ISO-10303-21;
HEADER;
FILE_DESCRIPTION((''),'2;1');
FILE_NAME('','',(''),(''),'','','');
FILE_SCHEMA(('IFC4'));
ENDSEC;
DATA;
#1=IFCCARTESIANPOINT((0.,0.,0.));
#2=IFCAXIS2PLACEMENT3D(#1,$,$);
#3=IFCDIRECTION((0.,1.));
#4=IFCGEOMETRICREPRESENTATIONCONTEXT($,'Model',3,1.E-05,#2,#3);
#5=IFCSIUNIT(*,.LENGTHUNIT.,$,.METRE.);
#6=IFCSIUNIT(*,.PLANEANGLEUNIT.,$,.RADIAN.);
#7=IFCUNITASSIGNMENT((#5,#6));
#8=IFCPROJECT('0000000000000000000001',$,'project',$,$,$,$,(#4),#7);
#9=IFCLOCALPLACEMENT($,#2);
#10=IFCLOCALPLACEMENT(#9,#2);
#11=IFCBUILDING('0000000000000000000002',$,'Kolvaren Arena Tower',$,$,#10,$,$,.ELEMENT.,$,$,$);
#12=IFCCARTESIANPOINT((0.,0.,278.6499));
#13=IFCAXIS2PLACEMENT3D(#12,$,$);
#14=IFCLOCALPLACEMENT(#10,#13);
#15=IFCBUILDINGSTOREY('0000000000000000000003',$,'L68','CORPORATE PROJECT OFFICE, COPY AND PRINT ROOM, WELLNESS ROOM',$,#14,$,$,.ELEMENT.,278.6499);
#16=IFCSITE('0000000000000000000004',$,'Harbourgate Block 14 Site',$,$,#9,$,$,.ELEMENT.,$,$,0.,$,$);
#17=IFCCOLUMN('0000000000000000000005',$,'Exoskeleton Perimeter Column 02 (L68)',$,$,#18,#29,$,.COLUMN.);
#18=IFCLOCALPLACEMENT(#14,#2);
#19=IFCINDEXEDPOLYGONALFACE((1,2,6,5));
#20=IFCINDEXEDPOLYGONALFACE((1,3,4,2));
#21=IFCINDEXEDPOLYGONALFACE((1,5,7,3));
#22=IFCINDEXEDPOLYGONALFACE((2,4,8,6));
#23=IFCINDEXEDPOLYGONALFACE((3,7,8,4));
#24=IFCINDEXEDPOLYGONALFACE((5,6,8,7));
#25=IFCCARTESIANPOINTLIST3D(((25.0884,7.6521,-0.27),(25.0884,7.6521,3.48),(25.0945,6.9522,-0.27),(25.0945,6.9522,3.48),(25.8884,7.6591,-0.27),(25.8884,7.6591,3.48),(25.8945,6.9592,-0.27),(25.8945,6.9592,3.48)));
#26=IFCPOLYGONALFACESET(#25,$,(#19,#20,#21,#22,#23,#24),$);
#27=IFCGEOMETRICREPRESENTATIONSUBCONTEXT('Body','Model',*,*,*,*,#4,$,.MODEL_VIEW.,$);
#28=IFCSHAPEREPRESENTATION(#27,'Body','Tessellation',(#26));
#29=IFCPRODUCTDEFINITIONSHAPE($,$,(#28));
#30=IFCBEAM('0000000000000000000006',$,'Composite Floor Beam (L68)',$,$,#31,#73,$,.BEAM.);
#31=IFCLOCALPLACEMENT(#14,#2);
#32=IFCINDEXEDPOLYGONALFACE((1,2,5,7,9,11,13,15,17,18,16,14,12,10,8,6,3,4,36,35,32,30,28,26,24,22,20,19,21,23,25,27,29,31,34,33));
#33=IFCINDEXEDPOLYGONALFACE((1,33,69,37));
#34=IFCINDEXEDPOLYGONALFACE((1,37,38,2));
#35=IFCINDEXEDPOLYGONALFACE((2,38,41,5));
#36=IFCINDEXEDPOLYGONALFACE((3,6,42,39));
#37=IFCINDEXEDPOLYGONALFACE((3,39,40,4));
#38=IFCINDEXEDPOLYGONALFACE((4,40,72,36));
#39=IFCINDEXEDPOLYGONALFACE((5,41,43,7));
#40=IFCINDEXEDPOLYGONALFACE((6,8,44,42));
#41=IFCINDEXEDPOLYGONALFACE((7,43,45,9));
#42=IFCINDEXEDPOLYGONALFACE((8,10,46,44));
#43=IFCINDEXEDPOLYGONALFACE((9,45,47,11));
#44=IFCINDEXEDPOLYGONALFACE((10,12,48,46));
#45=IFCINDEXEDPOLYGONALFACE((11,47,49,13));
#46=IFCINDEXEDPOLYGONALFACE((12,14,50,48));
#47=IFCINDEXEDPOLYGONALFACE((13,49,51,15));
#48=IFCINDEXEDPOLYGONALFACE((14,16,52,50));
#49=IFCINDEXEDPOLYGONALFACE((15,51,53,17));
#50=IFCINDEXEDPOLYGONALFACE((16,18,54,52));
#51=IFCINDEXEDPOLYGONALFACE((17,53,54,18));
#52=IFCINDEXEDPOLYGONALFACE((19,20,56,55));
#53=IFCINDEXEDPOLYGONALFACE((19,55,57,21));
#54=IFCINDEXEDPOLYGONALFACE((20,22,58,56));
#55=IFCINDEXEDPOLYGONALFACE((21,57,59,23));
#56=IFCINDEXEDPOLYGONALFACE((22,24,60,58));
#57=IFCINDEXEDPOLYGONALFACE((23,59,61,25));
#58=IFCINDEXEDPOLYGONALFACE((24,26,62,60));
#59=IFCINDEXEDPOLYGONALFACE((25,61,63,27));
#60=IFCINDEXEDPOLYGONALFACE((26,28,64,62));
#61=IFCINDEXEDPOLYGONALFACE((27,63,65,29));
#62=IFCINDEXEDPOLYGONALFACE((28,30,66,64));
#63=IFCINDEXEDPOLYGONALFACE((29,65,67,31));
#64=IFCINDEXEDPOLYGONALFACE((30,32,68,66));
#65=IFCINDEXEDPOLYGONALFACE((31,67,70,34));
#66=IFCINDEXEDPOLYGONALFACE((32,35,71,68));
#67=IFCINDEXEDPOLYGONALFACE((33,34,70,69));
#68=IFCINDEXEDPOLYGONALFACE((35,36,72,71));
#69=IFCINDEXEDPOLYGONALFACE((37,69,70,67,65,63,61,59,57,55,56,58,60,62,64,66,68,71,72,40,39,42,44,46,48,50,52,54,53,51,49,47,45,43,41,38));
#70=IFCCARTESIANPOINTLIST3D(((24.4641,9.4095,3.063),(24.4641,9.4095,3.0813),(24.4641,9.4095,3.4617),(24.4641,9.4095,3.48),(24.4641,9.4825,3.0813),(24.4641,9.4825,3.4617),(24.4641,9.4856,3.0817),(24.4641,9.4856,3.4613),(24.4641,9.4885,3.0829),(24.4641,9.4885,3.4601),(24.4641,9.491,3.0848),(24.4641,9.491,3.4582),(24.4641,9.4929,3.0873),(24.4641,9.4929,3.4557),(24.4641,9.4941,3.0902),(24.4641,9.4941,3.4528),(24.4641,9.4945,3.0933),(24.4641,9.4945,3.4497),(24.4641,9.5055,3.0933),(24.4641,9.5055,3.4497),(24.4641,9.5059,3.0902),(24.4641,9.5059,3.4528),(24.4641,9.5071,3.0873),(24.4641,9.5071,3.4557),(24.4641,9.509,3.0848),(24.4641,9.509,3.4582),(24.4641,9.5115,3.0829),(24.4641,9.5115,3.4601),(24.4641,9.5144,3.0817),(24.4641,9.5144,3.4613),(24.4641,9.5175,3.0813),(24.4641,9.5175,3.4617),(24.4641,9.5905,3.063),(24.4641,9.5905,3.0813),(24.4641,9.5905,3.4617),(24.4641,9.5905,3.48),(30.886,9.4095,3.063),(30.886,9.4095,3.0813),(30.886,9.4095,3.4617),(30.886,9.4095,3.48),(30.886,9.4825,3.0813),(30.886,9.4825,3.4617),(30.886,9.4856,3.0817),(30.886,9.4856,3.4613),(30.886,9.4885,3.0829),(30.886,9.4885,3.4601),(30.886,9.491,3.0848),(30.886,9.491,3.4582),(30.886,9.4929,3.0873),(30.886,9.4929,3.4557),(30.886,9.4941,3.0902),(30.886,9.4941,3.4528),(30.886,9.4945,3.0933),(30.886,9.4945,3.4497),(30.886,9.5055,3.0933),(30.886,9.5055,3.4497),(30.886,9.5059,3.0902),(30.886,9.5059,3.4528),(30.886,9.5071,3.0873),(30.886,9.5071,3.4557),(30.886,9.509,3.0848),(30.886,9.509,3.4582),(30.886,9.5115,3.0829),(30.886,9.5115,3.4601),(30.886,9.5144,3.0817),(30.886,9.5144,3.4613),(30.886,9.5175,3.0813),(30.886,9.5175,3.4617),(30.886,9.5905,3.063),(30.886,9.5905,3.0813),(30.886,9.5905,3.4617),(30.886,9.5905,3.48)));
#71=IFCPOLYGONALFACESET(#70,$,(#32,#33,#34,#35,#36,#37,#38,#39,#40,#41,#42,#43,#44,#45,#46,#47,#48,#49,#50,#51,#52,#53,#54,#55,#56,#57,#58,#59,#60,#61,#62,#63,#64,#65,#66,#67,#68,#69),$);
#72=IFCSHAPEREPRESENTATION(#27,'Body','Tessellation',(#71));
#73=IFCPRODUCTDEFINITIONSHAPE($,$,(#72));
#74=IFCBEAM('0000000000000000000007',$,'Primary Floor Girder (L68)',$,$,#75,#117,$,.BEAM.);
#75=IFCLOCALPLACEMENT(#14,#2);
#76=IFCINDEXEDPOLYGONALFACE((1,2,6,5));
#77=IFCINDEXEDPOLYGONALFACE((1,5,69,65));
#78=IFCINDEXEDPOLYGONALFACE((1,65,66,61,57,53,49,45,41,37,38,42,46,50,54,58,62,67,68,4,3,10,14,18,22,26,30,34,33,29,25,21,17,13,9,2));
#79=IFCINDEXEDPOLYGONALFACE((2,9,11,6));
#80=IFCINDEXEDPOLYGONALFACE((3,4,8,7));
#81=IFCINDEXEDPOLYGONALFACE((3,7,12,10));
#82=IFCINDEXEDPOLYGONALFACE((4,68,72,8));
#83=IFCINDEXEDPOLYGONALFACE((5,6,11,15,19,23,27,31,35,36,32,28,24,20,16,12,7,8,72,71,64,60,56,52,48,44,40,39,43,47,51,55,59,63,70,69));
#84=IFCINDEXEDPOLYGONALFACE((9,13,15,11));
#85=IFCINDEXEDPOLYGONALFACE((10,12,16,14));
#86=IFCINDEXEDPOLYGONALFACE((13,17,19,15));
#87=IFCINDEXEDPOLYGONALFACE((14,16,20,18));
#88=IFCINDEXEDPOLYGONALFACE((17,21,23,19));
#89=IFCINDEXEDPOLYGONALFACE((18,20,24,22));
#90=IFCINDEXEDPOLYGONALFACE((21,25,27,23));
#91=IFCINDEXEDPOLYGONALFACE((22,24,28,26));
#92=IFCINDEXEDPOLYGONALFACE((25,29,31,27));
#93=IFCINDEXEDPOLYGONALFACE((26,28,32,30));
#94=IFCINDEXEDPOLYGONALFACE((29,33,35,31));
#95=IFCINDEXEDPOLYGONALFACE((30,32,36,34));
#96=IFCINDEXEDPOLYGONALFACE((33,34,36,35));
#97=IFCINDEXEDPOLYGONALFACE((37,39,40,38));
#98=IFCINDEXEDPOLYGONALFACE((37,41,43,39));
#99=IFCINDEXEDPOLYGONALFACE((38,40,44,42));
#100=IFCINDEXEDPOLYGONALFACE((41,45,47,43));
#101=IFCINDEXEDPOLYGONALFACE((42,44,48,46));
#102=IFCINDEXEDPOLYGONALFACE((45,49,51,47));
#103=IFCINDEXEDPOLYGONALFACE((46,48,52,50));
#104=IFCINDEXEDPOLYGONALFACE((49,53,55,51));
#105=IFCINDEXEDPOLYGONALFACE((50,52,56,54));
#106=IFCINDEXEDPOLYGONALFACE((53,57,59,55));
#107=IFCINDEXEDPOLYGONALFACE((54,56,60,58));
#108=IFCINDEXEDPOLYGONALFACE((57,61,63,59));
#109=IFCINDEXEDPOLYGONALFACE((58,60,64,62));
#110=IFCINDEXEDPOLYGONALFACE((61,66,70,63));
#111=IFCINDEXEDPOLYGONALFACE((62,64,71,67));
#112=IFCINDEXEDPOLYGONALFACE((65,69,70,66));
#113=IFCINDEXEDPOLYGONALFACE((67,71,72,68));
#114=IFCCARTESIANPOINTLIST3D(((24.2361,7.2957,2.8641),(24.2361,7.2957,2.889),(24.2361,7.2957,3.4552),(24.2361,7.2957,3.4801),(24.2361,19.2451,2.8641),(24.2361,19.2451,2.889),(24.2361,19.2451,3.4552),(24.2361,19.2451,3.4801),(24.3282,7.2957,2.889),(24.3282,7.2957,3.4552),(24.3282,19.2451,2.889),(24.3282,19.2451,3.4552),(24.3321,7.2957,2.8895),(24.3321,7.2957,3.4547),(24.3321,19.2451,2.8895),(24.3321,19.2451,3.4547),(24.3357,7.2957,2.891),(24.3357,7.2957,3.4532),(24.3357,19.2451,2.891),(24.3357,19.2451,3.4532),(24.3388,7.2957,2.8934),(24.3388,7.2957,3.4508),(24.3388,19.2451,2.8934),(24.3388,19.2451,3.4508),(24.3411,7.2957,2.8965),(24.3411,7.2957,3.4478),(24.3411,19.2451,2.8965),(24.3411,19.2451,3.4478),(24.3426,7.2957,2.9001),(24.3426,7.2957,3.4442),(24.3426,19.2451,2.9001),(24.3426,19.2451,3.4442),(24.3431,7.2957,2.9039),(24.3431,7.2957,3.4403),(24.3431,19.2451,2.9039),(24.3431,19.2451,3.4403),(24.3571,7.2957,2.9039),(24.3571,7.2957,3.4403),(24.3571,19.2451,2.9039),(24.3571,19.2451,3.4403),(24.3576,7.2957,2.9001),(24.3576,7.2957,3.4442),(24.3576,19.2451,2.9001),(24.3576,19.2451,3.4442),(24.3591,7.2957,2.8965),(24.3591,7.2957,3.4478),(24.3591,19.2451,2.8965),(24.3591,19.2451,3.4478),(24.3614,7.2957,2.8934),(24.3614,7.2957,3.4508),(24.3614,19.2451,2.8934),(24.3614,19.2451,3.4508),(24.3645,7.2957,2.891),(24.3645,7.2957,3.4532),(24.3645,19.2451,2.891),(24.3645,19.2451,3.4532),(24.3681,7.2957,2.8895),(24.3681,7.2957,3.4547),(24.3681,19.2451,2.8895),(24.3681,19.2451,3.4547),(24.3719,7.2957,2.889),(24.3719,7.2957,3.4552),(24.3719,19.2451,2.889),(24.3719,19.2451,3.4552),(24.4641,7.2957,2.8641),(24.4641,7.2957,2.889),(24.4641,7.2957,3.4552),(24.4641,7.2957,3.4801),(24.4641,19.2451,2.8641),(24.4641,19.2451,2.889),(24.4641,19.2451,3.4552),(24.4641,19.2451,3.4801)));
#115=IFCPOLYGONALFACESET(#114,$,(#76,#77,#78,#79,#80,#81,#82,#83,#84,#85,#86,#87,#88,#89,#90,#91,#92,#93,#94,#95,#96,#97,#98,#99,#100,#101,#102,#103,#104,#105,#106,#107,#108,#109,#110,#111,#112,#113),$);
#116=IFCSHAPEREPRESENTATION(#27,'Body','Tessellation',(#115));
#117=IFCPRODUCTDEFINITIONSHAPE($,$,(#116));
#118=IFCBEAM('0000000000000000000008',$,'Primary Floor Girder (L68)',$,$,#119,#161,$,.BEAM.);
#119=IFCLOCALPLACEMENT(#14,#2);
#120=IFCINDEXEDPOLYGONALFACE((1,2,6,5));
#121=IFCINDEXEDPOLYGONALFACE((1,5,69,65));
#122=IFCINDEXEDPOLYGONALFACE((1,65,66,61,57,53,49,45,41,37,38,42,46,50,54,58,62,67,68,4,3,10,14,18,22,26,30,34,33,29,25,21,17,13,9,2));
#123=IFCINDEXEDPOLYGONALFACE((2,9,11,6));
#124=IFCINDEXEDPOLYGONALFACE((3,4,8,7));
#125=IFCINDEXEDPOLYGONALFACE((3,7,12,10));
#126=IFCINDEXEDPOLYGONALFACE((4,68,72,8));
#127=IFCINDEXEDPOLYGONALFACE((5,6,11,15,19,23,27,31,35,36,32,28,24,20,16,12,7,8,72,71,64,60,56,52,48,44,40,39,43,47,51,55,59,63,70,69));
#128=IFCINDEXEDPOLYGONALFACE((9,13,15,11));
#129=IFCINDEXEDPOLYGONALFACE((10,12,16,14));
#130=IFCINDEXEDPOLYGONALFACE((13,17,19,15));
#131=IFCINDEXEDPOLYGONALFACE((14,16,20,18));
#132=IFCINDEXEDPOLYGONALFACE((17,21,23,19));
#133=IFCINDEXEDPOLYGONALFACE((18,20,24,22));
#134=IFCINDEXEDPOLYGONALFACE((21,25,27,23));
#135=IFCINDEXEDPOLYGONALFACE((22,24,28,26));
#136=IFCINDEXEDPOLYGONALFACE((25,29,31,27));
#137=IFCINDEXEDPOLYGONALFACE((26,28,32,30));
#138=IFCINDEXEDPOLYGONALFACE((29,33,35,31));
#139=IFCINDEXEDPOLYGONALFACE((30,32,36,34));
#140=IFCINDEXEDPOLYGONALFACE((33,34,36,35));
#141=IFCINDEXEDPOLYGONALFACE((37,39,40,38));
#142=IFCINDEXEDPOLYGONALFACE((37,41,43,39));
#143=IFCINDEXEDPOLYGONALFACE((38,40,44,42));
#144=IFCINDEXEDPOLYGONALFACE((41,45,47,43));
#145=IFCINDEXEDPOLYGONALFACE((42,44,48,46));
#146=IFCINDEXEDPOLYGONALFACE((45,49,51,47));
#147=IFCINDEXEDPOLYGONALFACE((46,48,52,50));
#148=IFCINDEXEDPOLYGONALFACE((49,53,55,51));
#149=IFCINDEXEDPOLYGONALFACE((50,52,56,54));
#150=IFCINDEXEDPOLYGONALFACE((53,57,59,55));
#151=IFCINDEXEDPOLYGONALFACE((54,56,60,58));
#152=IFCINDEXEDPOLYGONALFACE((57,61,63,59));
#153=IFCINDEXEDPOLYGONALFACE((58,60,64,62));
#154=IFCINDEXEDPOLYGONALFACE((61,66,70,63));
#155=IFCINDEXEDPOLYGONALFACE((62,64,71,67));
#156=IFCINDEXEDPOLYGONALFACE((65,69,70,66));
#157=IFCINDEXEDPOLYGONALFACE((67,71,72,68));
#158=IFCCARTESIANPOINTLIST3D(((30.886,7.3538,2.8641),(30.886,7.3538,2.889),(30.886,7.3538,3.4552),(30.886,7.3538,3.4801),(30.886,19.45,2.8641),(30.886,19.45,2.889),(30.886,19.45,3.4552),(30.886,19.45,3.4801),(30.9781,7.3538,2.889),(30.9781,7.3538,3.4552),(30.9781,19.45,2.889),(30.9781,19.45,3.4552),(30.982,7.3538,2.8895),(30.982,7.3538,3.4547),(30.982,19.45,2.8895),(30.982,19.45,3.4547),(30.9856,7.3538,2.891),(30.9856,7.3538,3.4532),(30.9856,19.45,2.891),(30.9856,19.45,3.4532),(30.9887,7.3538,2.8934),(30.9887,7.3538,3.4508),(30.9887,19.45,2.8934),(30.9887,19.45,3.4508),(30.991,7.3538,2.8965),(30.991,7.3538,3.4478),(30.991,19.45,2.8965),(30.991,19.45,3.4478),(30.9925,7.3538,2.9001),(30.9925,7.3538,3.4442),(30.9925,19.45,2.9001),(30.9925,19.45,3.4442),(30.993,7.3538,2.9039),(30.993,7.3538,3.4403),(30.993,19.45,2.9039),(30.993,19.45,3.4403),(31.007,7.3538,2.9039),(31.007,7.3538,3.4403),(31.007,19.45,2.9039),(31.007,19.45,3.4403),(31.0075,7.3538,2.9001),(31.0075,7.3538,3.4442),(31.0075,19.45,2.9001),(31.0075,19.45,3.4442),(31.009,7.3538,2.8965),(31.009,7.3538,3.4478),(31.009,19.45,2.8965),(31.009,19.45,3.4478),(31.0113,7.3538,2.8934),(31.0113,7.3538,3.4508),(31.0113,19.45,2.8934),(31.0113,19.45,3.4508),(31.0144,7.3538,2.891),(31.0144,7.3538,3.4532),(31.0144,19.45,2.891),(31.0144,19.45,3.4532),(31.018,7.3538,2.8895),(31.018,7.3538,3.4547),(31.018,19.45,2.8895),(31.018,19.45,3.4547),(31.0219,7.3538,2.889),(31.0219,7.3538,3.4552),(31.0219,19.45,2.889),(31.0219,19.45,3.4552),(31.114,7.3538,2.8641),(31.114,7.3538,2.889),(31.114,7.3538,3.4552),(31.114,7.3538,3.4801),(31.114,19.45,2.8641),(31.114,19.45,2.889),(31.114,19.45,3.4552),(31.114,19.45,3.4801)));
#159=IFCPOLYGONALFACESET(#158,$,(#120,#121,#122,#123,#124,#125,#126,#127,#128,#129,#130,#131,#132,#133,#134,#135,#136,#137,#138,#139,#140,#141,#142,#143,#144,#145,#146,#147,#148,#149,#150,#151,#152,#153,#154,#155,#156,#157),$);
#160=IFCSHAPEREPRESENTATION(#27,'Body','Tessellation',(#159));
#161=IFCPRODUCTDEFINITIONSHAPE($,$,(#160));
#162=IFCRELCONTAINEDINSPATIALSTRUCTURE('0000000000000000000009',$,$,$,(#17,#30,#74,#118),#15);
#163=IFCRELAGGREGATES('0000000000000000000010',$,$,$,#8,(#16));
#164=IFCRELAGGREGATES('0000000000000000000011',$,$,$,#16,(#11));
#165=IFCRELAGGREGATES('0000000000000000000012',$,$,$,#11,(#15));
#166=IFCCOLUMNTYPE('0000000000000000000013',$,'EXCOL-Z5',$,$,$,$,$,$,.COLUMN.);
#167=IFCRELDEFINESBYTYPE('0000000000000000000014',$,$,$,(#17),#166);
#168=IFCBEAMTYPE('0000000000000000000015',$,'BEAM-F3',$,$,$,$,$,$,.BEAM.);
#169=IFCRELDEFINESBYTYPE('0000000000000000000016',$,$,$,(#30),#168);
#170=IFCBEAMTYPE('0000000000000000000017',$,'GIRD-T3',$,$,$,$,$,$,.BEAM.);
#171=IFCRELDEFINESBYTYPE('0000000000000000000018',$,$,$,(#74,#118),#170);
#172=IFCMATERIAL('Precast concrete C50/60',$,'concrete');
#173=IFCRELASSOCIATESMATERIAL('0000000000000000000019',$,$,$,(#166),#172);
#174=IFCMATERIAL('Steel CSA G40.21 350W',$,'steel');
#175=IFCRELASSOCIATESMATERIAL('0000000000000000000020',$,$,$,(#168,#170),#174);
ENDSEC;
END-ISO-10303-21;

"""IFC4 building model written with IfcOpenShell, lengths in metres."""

from ifc_helpers import new_model, si_unit, direction, frame, origin, origin_2d, place, context, subcontext, project, spatial, rectangle, i_section, extrude, material, material_profile, profile_set, type_object, element, save


model = new_model("IFC4")

# Units and contexts
model_context = context("Model", 3, precision=1e-05, world=origin(), true_north=direction((0.0, 1.0)))
body_context = subcontext(model_context, "Body", "Model", "MODEL_VIEW")
ifc_project = project(units=[si_unit("LENGTHUNIT", "METRE"), si_unit("PLANEANGLEUNIT", "RADIAN")], contexts=[model_context])

# Site, building, storey
site_placement = place(None, origin())
site = spatial("IfcSite", under=ifc_project, at=site_placement, Name="Harbourgate Block 14 Site", CompositionType="ELEMENT", RefElevation=0.0)
building_placement = place(site_placement, origin())
building = spatial("IfcBuilding", under=site, at=building_placement, Name="Kolvaren Arena Tower", CompositionType="ELEMENT")
storey_placement = place(building_placement, frame((0.0, 0.0, 278.6499)))
storey = spatial("IfcBuildingStorey", under=building, at=storey_placement, Name="L68", Description="CORPORATE PROJECT OFFICE, COPY AND PRINT ROOM, WELLNESS ROOM", CompositionType="ELEMENT", Elevation=278.6499)

# Column
ifc_material_1 = material(Name="Precast concrete C50/60", Category="concrete")
ifc_material_profile_1 = material_profile(ifc_material_1, rectangle(XDim=0.8, YDim=0.7, at=origin_2d()), Name="RC-800x700")
ifc_profile_set_1 = profile_set([ifc_material_profile_1], Name="Precast concrete C50/60")
column_type = type_object("IfcColumnType", Name="EXCOL-Z5", PredefinedType="COLUMN", material=ifc_profile_set_1)
column_placement = place(storey_placement, frame((25.4915, 7.3057, -0.27), z_axis=(0.0, 0.0, 1.0), x_axis=(0.999962, 0.008727, 0.0)))
element("IfcColumn", 1, at=column_placement, inside=storey, type_object=column_type, Name="Exoskeleton Perimeter Column 02 (L68)", PredefinedType="COLUMN", context=body_context, shape_type="SweptSolid", body=[
    extrude(rectangle(XDim=0.8, YDim=0.7, at=origin_2d()), origin(), (0.0, 0.0, 1.0), 3.75),
])

# Beams
ifc_material_2 = material(Name="Steel CSA G40.21 350W", Category="steel")
ifc_material_profile_2 = material_profile(ifc_material_2, i_section(OverallWidth=0.1809, OverallDepth=0.417, WebThickness=0.011, FlangeThickness=0.0183, FilletRadius=0.012, at=origin_2d()), Name="W410x85")
ifc_profile_set_2 = profile_set([ifc_material_profile_2], Name="Steel CSA G40.21 350W")
beam_type_1 = type_object("IfcBeamType", Name="BEAM-F3", PredefinedType="BEAM", material=ifc_profile_set_2)
beam_1_placement = place(storey_placement, frame((24.4641, 9.5, 3.2715), z_axis=(1.0, 0.0, 0.0), x_axis=(0.0, 1.0, 0.0)))
element("IfcBeam", 2, at=beam_1_placement, inside=storey, type_object=beam_type_1, Name="Composite Floor Beam (L68)", PredefinedType="BEAM", context=body_context, shape_type="SweptSolid", body=[
    extrude(i_section(OverallWidth=0.1809, OverallDepth=0.417, WebThickness=0.011, FlangeThickness=0.0183, FilletRadius=0.012, at=origin_2d()), origin(), (0.0, 0.0, 1.0), 6.4219),
])
ifc_material_profile_3 = material_profile(ifc_material_2, i_section(OverallWidth=0.228, OverallDepth=0.616, WebThickness=0.0139, FlangeThickness=0.0249, FilletRadius=0.0149, at=origin_2d()), Name="W610x174")
ifc_profile_set_3 = profile_set([ifc_material_profile_3], Name="Steel CSA G40.21 350W")
beam_type_2 = type_object("IfcBeamType", Name="GIRD-T3", PredefinedType="BEAM", material=ifc_profile_set_3)
beam_2_placement = place(storey_placement, frame((24.3501, 7.2957, 3.1721), z_axis=(0.0, 1.0, 0.0), x_axis=(-1.0, 0.0, 0.0)))
element("IfcBeam", 3, at=beam_2_placement, inside=storey, type_object=beam_type_2, Name="Primary Floor Girder (L68)", PredefinedType="BEAM", context=body_context, shape_type="SweptSolid", body=[
    extrude(i_section(OverallWidth=0.228, OverallDepth=0.616, WebThickness=0.0139, FlangeThickness=0.0249, FilletRadius=0.0149, at=origin_2d()), origin(), (0.0, 0.0, 1.0), 11.9495),
])
beam_3_placement = place(storey_placement, frame((31.0, 7.3538, 3.1721), z_axis=(0.0, 1.0, 0.0), x_axis=(-1.0, 0.0, 0.0)))
element("IfcBeam", 4, at=beam_3_placement, inside=storey, type_object=beam_type_2, Name="Primary Floor Girder (L68)", PredefinedType="BEAM", context=body_context, shape_type="SweptSolid", body=[
    extrude(i_section(OverallWidth=0.228, OverallDepth=0.616, WebThickness=0.0139, FlangeThickness=0.0249, FilletRadius=0.0149, at=origin_2d()), origin(), (0.0, 0.0, 1.0), 12.0962),
])

save(model, "model.ifc")
